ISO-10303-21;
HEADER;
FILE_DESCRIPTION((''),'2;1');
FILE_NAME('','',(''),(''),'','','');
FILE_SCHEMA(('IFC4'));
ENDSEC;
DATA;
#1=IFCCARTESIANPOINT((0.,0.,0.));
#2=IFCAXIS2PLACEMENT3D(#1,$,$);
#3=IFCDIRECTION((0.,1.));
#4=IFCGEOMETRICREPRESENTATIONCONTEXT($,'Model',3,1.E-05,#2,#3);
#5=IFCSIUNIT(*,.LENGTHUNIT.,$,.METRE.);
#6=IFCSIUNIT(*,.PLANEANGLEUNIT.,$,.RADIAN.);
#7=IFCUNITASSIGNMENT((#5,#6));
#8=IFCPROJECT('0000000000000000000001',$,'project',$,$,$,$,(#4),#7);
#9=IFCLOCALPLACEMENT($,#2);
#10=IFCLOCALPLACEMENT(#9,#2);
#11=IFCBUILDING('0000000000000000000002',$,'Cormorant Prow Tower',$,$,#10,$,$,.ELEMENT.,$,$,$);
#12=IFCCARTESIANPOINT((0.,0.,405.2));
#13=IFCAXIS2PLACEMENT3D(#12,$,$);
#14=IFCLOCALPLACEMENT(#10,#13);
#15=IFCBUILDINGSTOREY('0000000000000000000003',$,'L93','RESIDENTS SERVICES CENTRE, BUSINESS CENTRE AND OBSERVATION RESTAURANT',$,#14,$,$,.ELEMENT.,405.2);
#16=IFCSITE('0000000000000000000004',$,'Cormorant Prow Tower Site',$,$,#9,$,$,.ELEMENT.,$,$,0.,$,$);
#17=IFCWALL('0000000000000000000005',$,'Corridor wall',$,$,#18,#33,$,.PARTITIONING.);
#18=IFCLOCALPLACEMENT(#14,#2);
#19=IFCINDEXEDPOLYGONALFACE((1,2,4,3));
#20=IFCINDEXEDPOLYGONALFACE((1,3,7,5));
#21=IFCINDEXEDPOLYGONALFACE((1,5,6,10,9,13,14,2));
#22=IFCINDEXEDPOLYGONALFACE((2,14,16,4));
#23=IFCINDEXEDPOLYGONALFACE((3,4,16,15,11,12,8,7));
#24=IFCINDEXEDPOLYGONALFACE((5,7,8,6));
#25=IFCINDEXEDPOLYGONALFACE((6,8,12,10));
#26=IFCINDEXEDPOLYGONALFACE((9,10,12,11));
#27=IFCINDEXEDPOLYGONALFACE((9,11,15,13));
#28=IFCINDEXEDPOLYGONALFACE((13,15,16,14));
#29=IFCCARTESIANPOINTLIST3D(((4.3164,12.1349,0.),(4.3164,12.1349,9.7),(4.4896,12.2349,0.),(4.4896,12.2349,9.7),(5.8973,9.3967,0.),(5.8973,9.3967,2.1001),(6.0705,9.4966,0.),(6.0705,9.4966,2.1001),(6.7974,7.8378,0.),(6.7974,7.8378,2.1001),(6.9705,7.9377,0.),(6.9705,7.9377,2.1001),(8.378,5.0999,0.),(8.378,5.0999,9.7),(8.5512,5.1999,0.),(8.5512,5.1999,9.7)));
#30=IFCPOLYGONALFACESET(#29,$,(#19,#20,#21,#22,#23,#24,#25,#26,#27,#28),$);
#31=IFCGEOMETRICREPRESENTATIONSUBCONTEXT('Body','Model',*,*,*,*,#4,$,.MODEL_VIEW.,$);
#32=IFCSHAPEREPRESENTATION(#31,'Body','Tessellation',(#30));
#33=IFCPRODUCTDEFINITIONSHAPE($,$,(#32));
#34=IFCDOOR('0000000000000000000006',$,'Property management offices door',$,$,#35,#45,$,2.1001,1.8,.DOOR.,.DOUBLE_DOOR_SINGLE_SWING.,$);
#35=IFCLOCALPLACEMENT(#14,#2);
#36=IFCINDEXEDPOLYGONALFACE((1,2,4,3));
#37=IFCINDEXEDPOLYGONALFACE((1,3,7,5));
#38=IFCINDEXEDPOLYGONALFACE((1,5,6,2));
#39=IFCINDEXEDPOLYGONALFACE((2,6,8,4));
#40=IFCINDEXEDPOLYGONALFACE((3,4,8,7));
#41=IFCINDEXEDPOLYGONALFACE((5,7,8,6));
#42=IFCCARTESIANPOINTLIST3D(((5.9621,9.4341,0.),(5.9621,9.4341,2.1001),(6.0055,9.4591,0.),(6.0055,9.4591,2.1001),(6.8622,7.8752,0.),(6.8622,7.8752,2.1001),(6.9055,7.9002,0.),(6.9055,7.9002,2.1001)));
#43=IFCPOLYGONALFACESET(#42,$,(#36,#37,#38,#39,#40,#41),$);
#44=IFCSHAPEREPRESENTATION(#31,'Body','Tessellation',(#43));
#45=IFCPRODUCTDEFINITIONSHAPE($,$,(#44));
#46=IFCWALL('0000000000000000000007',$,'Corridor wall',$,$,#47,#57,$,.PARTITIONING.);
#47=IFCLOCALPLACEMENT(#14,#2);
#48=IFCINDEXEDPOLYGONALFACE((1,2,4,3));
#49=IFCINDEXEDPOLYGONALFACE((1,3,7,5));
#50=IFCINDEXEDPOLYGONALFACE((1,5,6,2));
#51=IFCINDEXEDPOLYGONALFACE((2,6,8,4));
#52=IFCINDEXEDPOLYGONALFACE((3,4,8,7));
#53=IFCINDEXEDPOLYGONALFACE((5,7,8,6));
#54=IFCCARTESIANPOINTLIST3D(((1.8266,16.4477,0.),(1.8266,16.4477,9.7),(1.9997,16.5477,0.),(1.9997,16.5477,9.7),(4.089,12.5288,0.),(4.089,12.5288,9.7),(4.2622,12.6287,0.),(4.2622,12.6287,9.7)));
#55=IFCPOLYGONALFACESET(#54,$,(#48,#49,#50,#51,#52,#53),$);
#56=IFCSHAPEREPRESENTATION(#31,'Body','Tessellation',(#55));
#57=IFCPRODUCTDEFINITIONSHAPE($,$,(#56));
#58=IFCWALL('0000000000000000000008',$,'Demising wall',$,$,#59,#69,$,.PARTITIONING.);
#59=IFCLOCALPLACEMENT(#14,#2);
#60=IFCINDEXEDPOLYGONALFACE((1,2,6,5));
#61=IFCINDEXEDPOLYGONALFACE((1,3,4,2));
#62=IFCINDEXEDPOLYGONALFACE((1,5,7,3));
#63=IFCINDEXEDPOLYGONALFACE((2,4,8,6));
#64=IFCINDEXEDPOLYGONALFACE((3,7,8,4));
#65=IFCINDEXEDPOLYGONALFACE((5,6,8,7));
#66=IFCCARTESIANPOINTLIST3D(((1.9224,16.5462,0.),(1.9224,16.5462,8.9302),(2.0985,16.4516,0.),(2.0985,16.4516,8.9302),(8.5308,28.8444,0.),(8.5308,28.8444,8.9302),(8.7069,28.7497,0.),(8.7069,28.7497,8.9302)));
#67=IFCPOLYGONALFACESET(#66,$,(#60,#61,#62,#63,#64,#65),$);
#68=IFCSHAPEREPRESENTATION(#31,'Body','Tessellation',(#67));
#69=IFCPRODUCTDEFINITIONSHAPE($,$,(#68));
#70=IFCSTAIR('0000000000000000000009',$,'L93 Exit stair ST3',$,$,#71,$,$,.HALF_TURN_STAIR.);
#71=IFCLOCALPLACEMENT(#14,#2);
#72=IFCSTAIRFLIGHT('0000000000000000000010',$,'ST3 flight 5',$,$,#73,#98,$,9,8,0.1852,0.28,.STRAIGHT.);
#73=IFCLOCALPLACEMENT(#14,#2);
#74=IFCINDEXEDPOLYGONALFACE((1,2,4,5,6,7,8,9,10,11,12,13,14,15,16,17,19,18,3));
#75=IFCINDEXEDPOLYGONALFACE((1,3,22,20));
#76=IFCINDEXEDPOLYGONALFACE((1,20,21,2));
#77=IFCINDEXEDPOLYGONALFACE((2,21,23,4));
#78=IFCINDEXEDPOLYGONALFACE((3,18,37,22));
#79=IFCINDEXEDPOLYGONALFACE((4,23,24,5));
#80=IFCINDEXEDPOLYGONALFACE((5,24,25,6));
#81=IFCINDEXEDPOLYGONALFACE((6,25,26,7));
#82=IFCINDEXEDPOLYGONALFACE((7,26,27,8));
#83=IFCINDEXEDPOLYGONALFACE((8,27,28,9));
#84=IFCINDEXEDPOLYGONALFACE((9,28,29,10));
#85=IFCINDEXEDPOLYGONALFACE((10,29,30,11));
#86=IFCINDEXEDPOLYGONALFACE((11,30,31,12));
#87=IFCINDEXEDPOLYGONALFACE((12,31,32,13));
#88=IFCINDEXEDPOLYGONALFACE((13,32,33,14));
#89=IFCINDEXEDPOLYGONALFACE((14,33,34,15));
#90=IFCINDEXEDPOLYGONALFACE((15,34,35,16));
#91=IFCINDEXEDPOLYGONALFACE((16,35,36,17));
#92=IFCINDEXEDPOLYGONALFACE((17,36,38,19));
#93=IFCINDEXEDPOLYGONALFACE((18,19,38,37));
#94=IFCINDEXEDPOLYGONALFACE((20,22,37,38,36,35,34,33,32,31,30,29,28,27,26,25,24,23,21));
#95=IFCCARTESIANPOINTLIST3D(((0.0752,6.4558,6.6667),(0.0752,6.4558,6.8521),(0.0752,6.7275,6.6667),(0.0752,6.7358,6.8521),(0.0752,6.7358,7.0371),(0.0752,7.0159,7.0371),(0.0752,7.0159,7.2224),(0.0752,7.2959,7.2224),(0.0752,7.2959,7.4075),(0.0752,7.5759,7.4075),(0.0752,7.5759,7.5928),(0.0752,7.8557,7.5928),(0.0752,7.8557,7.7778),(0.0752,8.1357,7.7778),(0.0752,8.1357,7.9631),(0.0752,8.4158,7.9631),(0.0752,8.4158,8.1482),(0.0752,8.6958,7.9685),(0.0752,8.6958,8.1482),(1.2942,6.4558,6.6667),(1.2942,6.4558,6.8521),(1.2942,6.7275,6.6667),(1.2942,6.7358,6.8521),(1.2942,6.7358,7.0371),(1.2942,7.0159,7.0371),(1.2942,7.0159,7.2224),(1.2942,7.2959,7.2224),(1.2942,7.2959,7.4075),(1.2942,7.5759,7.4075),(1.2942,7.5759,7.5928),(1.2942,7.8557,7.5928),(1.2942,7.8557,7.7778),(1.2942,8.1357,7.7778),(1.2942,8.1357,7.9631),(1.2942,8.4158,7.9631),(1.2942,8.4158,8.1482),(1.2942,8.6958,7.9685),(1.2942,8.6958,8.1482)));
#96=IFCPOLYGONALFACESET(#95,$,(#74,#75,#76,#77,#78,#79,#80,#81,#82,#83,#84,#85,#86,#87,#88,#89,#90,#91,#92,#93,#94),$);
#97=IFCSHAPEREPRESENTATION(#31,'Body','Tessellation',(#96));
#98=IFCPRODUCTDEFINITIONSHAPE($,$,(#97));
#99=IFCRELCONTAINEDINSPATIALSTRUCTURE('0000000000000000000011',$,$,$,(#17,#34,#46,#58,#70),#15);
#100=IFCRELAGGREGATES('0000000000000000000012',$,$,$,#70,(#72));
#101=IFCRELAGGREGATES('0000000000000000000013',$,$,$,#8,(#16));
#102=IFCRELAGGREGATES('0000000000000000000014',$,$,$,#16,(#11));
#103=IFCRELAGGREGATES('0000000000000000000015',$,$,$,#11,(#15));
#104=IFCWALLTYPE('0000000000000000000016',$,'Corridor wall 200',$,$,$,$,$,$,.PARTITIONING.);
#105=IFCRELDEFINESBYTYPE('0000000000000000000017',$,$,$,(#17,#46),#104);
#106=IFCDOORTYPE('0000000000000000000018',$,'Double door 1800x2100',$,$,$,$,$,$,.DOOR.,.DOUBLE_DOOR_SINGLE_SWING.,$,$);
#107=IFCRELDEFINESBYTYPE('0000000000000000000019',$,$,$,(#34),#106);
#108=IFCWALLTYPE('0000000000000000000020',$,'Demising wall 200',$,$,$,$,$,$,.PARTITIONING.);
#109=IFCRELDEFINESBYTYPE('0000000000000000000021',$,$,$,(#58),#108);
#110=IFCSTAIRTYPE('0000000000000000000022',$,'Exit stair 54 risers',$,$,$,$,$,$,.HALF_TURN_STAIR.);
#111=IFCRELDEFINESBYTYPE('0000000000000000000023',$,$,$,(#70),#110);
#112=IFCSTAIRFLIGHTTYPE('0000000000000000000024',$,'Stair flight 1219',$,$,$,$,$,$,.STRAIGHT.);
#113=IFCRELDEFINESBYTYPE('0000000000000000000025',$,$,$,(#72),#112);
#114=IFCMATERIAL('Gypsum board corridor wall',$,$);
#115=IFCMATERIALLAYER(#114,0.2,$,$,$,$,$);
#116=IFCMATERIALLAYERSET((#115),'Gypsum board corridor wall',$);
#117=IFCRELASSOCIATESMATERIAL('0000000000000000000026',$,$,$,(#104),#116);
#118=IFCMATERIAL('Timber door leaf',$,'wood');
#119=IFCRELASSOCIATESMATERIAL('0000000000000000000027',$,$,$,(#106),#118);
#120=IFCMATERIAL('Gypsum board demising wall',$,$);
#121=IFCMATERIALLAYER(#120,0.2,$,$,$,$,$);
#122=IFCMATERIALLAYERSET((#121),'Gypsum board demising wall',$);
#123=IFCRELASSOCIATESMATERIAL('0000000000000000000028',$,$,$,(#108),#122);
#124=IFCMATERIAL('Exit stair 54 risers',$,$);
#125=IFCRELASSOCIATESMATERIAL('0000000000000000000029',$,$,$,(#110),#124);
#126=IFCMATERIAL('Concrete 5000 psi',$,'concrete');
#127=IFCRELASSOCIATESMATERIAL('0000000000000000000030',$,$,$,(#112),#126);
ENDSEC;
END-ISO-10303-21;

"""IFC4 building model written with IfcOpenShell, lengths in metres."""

from ifc_helpers import new_model, si_unit, direction, frame, frame_2d, origin, place, context, subcontext, project, spatial, polyline, rectangle, outline, extrude, material, layer, layer_set, type_object, element, fill, aggregate, save


model = new_model("IFC4")

# Units and contexts
model_context = context("Model", 3, precision=1e-05, world=origin(), true_north=direction((0.0, 1.0)))
body_context = subcontext(model_context, "Body", "Model", "MODEL_VIEW")
ifc_project = project(units=[si_unit("LENGTHUNIT", "METRE"), si_unit("PLANEANGLEUNIT", "RADIAN")], contexts=[model_context])

# Site, building, storey
site_placement = place(None, origin())
site = spatial("IfcSite", under=ifc_project, at=site_placement, Name="Cormorant Prow Tower Site", CompositionType="ELEMENT", RefElevation=0.0)
building_placement = place(site_placement, origin())
building = spatial("IfcBuilding", under=site, at=building_placement, Name="Cormorant Prow Tower", CompositionType="ELEMENT")
storey_placement = place(building_placement, frame((0.0, 0.0, 405.2)))
storey = spatial("IfcBuildingStorey", under=building, at=storey_placement, Name="L93", Description="RESIDENTS SERVICES CENTRE, BUSINESS CENTRE AND OBSERVATION RESTAURANT", CompositionType="ELEMENT", Elevation=405.2)

# Wall, opening, door
ifc_material_1 = material(Name="Gypsum board corridor wall")
ifc_layer_1 = layer(ifc_material_1, 0.2)
ifc_layer_set_1 = layer_set([ifc_layer_1], Name="Gypsum board corridor wall")
wall_type_1 = type_object("IfcWallType", Name="Corridor wall 200", PredefinedType="PARTITIONING", material=ifc_layer_set_1)
wall_1_placement = place(storey_placement, frame((4.4031, 12.1848, 0.0), z_axis=(0.0, 0.0, 1.0), x_axis=(0.499992, -0.86603, 0.0)))
wall_1 = element("IfcWall", 1, at=wall_1_placement, inside=storey, type_object=wall_type_1, Name="Corridor wall", PredefinedType="PARTITIONING", context=body_context, shape_type="SweptSolid", body=[
    extrude(rectangle(XDim=8.1233, YDim=0.2, at=frame_2d((4.0615, 0.0))), origin(), (0.0, 0.0, 1.0), 9.7),
])
opening_1_placement = place(wall_1_placement, frame((3.1619, 0.0, 0.0)))
opening_1 = element("IfcOpeningElement", 2, at=opening_1_placement, cuts=wall_1, PredefinedType="OPENING", context=body_context, shape_type="SweptSolid", body=[
    extrude(rectangle(XDim=1.8, YDim=2.1001, at=frame_2d((0.8999, 1.05))), frame((0.0, 0.1099, 0.0), z_axis=(0.0, -1.0, 0.0), x_axis=(1.0, 0.0, 0.0)), (0.0, 0.0, 1.0), 0.22),
])
ifc_material_2 = material(Name="Timber door leaf", Category="wood")
door_type_1 = type_object("IfcDoorType", Name="Double door 1800x2100", OperationType="DOUBLE_DOOR_SINGLE_SWING", PredefinedType="DOOR", material=ifc_material_2)
door_1_placement = place(opening_1_placement, origin())
door_1 = element("IfcDoor", 3, at=door_1_placement, inside=storey, type_object=door_type_1, Name="Property management offices door", OperationType="DOUBLE_DOOR_SINGLE_SWING", OverallHeight=2.1001, OverallWidth=1.8, PredefinedType="DOOR", context=body_context, shape_type="SweptSolid", body=[
    extrude(rectangle(XDim=1.8, YDim=2.1001, at=frame_2d((0.8999, 1.05))), frame((0.0, 0.0249, 0.0), z_axis=(0.0, -1.0, 0.0), x_axis=(1.0, 0.0, 0.0)), (0.0, 0.0, 1.0), 0.05),
])
fill(opening_1, door_1)

# Walls
wall_2_placement = place(storey_placement, frame((1.9131, 16.4978, 0.0), z_axis=(0.0, 0.0, 1.0), x_axis=(0.499975, -0.86604, 0.0)))
element("IfcWall", 4, at=wall_2_placement, inside=storey, type_object=wall_type_1, Name="Corridor wall", PredefinedType="PARTITIONING", context=body_context, shape_type="SweptSolid", body=[
    extrude(rectangle(XDim=4.5251, YDim=0.2, at=frame_2d((2.2627, 0.0))), origin(), (0.0, 0.0, 1.0), 9.7),
])
ifc_material_3 = material(Name="Gypsum board demising wall")
ifc_layer_2 = layer(ifc_material_3, 0.2)
ifc_layer_set_2 = layer_set([ifc_layer_2], Name="Gypsum board demising wall")
wall_type_2 = type_object("IfcWallType", Name="Demising wall 200", PredefinedType="PARTITIONING", material=ifc_layer_set_2)
wall_3_placement = place(storey_placement, frame((2.0105, 16.499, 0.0), z_axis=(0.0, 0.0, 1.0), x_axis=(0.473342, 0.880879, 0.0)))
element("IfcWall", 5, at=wall_3_placement, inside=storey, type_object=wall_type_2, Name="Demising wall", PredefinedType="PARTITIONING", context=body_context, shape_type="SweptSolid", body=[
    extrude(rectangle(XDim=13.9612, YDim=0.2, at=frame_2d((6.9805, 0.0))), origin(), (0.0, 0.0, 1.0), 8.9302),
])

# Stair, stair flight
ifc_material_4 = material(Name="Exit stair 54 risers")
stair_type = type_object("IfcStairType", Name="Exit stair 54 risers", PredefinedType="HALF_TURN_STAIR", material=ifc_material_4)
stair_placement = place(storey_placement, origin())
stair = element("IfcStair", 6, at=stair_placement, inside=storey, type_object=stair_type, Name="L93 Exit stair ST3", PredefinedType="HALF_TURN_STAIR")
ifc_material_5 = material(Name="Concrete 5000 psi", Category="concrete")
stair_flight_type = type_object("IfcStairFlightType", Name="Stair flight 1219", PredefinedType="STRAIGHT", material=ifc_material_5)
stair_flight_placement = place(storey_placement, frame((0.6846, 6.4558, 6.6667), z_axis=(0.0, 0.0, 1.0), x_axis=(0.0, 1.0, 0.0)))
stair_flight = element("IfcStairFlight", 7, at=stair_flight_placement, type_object=stair_flight_type, Name="ST3 flight 5", NumberOfRisers=9, NumberOfTreads=8, PredefinedType="STRAIGHT", RiserHeight=0.1852, TreadLength=0.28, context=body_context, shape_type="SweptSolid", body=[
    extrude(outline(polyline([(0.0, 0.0), (0.0, 0.1853), (0.28, 0.1853), (0.28, 0.3704), (0.5601, 0.3704), (0.5601, 0.5557), (0.8401, 0.5557), (0.8401, 0.7407), (1.1201, 0.7407), (1.1201, 0.926), (1.3999, 0.926), (1.3999, 1.1111), (1.6799, 1.1111), (1.6799, 1.2964), (1.96, 1.2964), (1.96, 1.4814), (2.24, 1.4814), (2.24, 1.6667), (2.24, 1.3018), (0.2717, 0.0), (0.0, 0.0)])), frame((0.0, 0.6094, 0.0), z_axis=(0.0, -1.0, 0.0), x_axis=(1.0, 0.0, 0.0)), (0.0, 0.0, 1.0), 1.219),
])
aggregate(stair, [stair_flight])

save(model, "model.ifc")
